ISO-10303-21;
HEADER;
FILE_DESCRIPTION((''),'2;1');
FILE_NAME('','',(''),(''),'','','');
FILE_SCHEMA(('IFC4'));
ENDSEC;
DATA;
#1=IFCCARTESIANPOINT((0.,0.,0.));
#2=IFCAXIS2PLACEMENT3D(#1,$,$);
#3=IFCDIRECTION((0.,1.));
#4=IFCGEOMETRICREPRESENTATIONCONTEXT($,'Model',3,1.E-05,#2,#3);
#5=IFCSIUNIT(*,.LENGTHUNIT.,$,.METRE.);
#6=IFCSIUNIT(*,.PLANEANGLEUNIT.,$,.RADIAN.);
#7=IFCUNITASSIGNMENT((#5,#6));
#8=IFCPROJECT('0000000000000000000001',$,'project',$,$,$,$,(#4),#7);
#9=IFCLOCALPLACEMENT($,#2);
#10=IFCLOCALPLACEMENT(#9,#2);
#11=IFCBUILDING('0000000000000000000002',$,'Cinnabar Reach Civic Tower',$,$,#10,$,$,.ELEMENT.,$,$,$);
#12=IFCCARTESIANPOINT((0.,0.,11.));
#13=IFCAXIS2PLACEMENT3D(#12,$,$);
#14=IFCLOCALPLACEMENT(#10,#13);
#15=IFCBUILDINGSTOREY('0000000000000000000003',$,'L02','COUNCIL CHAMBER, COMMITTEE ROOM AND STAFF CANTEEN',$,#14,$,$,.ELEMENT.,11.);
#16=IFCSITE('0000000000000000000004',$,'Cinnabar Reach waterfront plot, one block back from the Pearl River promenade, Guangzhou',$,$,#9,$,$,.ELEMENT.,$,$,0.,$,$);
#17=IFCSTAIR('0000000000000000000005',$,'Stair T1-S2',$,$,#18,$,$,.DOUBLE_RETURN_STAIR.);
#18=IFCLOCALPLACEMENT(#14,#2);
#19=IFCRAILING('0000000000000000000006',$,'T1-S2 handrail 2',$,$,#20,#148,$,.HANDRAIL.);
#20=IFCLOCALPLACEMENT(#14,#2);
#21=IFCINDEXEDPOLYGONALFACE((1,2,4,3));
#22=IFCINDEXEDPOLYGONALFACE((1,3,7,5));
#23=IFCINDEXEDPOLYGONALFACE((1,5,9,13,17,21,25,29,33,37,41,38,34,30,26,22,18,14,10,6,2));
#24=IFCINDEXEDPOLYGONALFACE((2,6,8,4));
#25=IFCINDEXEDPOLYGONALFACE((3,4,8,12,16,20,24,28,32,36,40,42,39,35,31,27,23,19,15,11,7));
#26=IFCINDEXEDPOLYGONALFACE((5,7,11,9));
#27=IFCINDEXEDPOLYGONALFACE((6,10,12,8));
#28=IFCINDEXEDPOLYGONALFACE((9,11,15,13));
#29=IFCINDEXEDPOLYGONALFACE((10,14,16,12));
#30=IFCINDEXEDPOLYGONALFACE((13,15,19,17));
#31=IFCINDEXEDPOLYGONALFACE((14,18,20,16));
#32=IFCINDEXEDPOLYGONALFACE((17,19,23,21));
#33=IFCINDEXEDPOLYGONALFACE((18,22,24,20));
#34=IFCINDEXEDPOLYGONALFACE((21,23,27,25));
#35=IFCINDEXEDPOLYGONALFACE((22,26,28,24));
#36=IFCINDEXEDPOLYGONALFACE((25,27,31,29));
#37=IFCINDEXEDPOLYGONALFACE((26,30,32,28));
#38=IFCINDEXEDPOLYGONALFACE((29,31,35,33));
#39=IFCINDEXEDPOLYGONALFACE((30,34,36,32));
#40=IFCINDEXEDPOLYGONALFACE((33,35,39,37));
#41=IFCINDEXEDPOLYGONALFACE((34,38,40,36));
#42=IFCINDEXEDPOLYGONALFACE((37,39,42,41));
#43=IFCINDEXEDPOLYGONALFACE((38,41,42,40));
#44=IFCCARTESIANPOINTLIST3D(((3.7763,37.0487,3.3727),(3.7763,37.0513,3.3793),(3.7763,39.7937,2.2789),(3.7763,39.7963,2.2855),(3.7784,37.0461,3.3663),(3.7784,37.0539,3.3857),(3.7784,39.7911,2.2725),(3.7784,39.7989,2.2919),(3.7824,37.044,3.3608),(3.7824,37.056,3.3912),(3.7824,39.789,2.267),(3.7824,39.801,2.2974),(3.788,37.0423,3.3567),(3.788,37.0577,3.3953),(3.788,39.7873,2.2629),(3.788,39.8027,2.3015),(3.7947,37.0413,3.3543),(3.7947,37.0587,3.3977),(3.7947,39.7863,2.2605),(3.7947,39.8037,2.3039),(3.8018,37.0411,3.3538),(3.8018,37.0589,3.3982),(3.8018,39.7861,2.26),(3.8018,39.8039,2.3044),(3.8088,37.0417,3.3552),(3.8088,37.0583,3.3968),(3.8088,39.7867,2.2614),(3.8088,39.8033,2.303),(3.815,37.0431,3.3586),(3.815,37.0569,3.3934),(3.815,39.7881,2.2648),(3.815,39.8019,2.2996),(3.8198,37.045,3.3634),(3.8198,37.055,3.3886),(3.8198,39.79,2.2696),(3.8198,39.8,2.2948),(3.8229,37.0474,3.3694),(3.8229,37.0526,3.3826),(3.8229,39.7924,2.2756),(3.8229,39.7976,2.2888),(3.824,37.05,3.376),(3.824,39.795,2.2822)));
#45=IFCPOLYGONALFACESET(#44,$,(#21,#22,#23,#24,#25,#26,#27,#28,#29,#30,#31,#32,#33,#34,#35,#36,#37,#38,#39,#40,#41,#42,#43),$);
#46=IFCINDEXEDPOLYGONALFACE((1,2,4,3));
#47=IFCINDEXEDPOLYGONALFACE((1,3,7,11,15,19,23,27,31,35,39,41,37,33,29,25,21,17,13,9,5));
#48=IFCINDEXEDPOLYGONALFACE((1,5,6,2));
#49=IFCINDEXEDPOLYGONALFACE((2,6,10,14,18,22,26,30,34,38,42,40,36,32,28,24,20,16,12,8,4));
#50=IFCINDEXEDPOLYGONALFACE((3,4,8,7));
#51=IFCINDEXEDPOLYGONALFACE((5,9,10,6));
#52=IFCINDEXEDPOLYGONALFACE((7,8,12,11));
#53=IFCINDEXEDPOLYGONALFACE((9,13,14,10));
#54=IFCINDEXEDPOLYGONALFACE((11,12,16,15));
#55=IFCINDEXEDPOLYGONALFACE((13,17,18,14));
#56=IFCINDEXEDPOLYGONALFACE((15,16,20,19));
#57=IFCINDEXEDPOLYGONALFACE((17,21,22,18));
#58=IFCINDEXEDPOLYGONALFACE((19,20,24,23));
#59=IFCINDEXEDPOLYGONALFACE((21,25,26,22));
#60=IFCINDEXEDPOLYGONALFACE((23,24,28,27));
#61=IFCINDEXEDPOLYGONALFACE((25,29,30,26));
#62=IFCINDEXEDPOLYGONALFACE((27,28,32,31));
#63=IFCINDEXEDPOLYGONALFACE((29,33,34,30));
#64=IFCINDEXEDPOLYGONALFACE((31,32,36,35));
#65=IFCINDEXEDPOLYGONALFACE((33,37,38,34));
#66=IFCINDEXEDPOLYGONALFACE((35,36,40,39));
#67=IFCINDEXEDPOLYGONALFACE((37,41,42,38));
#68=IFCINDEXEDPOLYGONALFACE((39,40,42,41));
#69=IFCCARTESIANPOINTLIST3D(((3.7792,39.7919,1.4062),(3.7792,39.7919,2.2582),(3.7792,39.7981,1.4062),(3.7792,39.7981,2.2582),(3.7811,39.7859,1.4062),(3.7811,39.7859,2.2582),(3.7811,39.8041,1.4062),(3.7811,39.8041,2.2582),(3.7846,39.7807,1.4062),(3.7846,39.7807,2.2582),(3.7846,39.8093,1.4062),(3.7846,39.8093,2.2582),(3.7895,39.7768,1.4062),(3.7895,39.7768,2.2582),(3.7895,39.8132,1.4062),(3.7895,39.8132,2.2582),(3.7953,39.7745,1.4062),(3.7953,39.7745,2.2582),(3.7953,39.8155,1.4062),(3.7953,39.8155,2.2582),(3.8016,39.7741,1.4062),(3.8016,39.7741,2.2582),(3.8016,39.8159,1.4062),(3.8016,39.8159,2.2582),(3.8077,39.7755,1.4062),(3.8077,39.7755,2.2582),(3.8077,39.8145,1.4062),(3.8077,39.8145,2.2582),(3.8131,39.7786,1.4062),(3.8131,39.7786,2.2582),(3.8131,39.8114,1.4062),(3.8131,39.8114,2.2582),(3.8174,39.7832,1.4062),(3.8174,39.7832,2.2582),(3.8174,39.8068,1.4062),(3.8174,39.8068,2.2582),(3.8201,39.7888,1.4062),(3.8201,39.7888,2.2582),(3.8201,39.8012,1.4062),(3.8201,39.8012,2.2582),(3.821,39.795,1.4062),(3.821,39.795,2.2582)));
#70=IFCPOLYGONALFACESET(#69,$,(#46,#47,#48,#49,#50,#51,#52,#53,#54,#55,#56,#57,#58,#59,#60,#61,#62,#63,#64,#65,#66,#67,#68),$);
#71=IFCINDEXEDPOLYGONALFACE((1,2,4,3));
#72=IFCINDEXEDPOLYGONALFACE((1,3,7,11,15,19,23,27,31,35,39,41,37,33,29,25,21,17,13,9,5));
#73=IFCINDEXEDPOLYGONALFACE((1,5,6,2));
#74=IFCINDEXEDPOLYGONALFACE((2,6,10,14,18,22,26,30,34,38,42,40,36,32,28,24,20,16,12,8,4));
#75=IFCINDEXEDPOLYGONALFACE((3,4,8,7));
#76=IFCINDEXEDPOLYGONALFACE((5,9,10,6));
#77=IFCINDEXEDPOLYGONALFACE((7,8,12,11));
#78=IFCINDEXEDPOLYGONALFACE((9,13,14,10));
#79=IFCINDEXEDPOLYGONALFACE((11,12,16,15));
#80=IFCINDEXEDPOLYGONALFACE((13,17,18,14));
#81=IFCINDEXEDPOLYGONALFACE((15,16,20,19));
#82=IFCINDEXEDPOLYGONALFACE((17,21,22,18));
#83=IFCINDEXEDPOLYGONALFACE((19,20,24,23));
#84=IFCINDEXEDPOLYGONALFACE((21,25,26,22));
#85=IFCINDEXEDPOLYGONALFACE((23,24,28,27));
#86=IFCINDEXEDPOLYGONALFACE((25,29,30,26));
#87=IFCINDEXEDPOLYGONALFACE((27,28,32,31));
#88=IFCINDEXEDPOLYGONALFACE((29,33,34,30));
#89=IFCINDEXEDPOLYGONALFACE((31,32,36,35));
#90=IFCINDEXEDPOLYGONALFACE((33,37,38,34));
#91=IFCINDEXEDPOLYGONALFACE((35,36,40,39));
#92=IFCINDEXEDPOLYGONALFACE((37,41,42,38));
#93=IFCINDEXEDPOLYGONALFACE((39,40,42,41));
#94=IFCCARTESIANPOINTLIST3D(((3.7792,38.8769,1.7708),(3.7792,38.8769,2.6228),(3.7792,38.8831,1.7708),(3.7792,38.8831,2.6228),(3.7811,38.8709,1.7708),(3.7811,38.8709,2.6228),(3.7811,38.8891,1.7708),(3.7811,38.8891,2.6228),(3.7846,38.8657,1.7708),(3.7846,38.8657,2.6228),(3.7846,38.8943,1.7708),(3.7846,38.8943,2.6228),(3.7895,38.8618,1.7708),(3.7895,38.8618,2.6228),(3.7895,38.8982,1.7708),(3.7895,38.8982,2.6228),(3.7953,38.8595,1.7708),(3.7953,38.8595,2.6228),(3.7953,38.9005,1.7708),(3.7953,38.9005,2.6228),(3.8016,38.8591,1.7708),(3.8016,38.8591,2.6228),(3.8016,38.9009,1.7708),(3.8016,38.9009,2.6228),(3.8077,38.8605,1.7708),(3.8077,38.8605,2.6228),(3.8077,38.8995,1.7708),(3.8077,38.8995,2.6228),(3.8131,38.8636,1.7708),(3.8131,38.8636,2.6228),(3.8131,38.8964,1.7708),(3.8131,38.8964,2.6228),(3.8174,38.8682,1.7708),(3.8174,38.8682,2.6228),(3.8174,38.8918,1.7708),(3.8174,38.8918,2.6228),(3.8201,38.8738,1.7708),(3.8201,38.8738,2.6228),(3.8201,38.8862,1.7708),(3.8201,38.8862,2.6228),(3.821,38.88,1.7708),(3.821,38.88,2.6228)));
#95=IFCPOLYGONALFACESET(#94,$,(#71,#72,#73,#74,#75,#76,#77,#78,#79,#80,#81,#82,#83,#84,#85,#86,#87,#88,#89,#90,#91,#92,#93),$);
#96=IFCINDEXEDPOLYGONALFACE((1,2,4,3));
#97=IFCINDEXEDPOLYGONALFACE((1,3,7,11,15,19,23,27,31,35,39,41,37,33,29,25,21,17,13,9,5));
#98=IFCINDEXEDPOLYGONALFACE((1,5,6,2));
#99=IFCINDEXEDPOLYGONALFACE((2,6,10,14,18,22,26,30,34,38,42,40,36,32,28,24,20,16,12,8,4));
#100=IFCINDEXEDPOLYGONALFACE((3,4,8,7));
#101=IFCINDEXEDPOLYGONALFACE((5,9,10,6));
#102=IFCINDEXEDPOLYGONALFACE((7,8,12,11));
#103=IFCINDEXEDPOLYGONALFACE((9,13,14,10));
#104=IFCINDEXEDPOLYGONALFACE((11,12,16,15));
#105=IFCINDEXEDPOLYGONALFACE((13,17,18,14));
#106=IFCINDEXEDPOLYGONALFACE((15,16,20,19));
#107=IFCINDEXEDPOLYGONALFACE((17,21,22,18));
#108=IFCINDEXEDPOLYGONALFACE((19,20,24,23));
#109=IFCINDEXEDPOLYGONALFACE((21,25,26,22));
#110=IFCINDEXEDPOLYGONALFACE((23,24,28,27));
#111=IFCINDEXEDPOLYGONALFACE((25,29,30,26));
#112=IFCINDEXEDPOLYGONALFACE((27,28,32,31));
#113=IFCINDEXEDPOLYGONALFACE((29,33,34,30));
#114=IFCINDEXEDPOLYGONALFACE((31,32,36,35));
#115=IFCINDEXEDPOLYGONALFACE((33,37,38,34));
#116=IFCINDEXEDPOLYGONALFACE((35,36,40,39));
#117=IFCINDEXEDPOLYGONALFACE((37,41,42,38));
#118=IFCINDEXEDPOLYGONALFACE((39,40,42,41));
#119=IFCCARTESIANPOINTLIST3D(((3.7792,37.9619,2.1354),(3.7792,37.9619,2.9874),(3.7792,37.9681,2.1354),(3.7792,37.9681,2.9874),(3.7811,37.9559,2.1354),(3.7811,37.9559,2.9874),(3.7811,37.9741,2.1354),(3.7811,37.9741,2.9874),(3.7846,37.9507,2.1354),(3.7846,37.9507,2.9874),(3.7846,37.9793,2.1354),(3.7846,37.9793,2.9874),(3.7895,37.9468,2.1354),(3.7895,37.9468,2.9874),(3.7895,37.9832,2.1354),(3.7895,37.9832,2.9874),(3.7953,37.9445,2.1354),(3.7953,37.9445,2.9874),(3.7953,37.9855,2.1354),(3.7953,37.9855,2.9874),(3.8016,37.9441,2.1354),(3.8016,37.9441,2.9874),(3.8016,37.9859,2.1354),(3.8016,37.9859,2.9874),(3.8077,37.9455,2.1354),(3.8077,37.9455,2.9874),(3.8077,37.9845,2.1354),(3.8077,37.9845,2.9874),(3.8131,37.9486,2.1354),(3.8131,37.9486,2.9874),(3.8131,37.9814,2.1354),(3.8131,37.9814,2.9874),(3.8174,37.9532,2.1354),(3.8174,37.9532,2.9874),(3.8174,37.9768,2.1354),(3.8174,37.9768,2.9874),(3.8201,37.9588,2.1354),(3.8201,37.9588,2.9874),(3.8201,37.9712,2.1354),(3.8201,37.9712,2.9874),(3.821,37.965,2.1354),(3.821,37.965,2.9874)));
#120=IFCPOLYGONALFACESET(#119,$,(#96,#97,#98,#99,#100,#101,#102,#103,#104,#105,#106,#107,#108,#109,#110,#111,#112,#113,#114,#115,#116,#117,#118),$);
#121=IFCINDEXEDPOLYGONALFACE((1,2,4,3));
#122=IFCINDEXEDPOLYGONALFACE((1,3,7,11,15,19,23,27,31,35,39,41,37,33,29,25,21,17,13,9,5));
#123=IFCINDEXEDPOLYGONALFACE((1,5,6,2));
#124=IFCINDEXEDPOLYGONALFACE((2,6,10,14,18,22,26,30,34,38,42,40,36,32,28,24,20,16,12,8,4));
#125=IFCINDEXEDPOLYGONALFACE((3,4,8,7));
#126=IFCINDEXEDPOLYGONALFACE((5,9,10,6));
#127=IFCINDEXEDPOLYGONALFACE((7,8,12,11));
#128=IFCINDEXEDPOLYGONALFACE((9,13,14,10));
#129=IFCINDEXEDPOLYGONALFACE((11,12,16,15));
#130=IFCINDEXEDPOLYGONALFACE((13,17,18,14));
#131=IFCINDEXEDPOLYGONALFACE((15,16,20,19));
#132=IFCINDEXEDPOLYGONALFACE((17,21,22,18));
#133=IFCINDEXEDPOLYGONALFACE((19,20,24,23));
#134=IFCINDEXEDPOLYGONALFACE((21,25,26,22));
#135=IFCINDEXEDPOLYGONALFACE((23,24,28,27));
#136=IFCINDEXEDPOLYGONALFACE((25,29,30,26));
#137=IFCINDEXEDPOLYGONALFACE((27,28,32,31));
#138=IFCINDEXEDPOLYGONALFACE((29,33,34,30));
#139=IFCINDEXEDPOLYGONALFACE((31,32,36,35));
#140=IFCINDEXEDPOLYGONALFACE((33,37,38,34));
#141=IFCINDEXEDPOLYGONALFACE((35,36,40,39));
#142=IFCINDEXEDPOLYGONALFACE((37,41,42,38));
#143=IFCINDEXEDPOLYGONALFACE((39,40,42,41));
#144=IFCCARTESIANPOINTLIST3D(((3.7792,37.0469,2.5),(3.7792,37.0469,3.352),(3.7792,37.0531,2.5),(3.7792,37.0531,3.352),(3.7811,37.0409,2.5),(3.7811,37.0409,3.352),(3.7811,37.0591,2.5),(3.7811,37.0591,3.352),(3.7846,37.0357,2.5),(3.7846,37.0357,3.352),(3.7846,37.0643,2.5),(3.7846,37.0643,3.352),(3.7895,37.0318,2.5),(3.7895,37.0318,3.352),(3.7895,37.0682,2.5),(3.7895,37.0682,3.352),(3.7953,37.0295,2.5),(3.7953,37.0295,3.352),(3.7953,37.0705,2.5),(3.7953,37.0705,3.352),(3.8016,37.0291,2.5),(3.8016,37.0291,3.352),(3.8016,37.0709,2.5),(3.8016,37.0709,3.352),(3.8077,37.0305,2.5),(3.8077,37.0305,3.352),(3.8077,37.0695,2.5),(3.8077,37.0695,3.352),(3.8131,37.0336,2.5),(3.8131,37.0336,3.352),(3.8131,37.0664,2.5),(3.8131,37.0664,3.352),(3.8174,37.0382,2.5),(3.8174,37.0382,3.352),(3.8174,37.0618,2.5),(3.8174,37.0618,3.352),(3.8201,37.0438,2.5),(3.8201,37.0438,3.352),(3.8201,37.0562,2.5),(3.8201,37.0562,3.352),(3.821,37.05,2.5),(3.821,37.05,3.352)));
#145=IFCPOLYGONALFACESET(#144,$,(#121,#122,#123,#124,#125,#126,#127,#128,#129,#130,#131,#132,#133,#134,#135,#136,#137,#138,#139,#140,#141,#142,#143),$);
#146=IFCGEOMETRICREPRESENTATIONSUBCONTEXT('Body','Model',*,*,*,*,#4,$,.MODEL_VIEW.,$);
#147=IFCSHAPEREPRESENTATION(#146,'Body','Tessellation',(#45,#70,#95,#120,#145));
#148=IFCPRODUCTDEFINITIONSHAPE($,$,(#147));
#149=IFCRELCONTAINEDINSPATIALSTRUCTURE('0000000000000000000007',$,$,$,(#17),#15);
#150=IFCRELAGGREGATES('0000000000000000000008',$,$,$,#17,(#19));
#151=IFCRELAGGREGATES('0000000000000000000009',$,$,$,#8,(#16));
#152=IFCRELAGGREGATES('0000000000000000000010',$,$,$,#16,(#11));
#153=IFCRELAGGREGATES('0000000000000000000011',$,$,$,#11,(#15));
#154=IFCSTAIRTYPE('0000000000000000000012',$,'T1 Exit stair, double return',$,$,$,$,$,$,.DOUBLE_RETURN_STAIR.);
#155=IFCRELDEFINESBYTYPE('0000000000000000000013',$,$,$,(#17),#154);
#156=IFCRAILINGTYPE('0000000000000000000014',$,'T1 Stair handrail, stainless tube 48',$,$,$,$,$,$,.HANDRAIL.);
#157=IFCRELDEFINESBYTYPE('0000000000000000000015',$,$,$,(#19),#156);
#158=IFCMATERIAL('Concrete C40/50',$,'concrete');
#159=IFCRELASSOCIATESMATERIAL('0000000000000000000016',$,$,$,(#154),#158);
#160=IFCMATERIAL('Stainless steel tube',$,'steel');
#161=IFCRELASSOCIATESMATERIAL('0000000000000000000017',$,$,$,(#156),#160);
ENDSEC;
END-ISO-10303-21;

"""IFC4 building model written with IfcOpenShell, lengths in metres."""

from ifc_helpers import new_model, si_unit, direction, frame, origin, origin_2d, place, context, subcontext, project, spatial, circle, extrude, material, type_object, element, aggregate, save


model = new_model("IFC4")

# Units and contexts
model_context = context("Model", 3, precision=1e-05, world=origin(), true_north=direction((0.0, 1.0)))
body_context = subcontext(model_context, "Body", "Model", "MODEL_VIEW")
ifc_project = project(units=[si_unit("LENGTHUNIT", "METRE"), si_unit("PLANEANGLEUNIT", "RADIAN")], contexts=[model_context])

# Site, building, storey
site_placement = place(None, origin())
site = spatial("IfcSite", under=ifc_project, at=site_placement, Name="Cinnabar Reach waterfront plot, one block back from the Pearl River promenade, Guangzhou", CompositionType="ELEMENT", RefElevation=0.0)
building_placement = place(site_placement, origin())
building = spatial("IfcBuilding", under=site, at=building_placement, Name="Cinnabar Reach Civic Tower", CompositionType="ELEMENT")
storey_placement = place(building_placement, frame((0.0, 0.0, 11.0)))
storey = spatial("IfcBuildingStorey", under=building, at=storey_placement, Name="L02", Description="COUNCIL CHAMBER, COMMITTEE ROOM AND STAFF CANTEEN", CompositionType="ELEMENT", Elevation=11.0)

# Shared definitions
ifc_material_1 = material(Name="Concrete C40/50", Category="concrete")

# Stair, railing
stair_type = type_object("IfcStairType", Name="T1 Exit stair, double return", PredefinedType="DOUBLE_RETURN_STAIR", material=ifc_material_1)
stair_placement = place(storey_placement, origin())
stair = element("IfcStair", 1, at=stair_placement, inside=storey, type_object=stair_type, Name="Stair T1-S2", PredefinedType="DOUBLE_RETURN_STAIR")
ifc_material_2 = material(Name="Stainless steel tube", Category="steel")
railing_type = type_object("IfcRailingType", Name="T1 Stair handrail, stainless tube 48", PredefinedType="HANDRAIL", material=ifc_material_2)
railing_1_placement = place(storey_placement, frame((3.8, 39.795, 1.4062)))
railing_1 = element("IfcRailing", 2, at=railing_1_placement, type_object=railing_type, Name="T1-S2 handrail 2", PredefinedType="HANDRAIL", context=body_context, shape_type="SweptSolid", body=[
    extrude(circle(Radius=0.024, at=origin_2d()), frame((0.0, 0.0, 0.876), z_axis=(0.0, -0.928966, 0.370165), x_axis=(1.0, 0.0, 0.0)), (0.0, 0.0, 1.0), 2.9549),
    extrude(circle(Radius=0.021, at=origin_2d()), origin(), (0.0, 0.0, 1.0), 0.852),
    extrude(circle(Radius=0.021, at=origin_2d()), frame((0.0, -0.915, 0.3646)), (0.0, 0.0, 1.0), 0.852),
    extrude(circle(Radius=0.021, at=origin_2d()), frame((0.0, -1.83, 0.7292)), (0.0, 0.0, 1.0), 0.852),
    extrude(circle(Radius=0.021, at=origin_2d()), frame((0.0, -2.745, 1.0938)), (0.0, 0.0, 1.0), 0.852),
])
aggregate(stair, [railing_1])

save(model, "model.ifc")
